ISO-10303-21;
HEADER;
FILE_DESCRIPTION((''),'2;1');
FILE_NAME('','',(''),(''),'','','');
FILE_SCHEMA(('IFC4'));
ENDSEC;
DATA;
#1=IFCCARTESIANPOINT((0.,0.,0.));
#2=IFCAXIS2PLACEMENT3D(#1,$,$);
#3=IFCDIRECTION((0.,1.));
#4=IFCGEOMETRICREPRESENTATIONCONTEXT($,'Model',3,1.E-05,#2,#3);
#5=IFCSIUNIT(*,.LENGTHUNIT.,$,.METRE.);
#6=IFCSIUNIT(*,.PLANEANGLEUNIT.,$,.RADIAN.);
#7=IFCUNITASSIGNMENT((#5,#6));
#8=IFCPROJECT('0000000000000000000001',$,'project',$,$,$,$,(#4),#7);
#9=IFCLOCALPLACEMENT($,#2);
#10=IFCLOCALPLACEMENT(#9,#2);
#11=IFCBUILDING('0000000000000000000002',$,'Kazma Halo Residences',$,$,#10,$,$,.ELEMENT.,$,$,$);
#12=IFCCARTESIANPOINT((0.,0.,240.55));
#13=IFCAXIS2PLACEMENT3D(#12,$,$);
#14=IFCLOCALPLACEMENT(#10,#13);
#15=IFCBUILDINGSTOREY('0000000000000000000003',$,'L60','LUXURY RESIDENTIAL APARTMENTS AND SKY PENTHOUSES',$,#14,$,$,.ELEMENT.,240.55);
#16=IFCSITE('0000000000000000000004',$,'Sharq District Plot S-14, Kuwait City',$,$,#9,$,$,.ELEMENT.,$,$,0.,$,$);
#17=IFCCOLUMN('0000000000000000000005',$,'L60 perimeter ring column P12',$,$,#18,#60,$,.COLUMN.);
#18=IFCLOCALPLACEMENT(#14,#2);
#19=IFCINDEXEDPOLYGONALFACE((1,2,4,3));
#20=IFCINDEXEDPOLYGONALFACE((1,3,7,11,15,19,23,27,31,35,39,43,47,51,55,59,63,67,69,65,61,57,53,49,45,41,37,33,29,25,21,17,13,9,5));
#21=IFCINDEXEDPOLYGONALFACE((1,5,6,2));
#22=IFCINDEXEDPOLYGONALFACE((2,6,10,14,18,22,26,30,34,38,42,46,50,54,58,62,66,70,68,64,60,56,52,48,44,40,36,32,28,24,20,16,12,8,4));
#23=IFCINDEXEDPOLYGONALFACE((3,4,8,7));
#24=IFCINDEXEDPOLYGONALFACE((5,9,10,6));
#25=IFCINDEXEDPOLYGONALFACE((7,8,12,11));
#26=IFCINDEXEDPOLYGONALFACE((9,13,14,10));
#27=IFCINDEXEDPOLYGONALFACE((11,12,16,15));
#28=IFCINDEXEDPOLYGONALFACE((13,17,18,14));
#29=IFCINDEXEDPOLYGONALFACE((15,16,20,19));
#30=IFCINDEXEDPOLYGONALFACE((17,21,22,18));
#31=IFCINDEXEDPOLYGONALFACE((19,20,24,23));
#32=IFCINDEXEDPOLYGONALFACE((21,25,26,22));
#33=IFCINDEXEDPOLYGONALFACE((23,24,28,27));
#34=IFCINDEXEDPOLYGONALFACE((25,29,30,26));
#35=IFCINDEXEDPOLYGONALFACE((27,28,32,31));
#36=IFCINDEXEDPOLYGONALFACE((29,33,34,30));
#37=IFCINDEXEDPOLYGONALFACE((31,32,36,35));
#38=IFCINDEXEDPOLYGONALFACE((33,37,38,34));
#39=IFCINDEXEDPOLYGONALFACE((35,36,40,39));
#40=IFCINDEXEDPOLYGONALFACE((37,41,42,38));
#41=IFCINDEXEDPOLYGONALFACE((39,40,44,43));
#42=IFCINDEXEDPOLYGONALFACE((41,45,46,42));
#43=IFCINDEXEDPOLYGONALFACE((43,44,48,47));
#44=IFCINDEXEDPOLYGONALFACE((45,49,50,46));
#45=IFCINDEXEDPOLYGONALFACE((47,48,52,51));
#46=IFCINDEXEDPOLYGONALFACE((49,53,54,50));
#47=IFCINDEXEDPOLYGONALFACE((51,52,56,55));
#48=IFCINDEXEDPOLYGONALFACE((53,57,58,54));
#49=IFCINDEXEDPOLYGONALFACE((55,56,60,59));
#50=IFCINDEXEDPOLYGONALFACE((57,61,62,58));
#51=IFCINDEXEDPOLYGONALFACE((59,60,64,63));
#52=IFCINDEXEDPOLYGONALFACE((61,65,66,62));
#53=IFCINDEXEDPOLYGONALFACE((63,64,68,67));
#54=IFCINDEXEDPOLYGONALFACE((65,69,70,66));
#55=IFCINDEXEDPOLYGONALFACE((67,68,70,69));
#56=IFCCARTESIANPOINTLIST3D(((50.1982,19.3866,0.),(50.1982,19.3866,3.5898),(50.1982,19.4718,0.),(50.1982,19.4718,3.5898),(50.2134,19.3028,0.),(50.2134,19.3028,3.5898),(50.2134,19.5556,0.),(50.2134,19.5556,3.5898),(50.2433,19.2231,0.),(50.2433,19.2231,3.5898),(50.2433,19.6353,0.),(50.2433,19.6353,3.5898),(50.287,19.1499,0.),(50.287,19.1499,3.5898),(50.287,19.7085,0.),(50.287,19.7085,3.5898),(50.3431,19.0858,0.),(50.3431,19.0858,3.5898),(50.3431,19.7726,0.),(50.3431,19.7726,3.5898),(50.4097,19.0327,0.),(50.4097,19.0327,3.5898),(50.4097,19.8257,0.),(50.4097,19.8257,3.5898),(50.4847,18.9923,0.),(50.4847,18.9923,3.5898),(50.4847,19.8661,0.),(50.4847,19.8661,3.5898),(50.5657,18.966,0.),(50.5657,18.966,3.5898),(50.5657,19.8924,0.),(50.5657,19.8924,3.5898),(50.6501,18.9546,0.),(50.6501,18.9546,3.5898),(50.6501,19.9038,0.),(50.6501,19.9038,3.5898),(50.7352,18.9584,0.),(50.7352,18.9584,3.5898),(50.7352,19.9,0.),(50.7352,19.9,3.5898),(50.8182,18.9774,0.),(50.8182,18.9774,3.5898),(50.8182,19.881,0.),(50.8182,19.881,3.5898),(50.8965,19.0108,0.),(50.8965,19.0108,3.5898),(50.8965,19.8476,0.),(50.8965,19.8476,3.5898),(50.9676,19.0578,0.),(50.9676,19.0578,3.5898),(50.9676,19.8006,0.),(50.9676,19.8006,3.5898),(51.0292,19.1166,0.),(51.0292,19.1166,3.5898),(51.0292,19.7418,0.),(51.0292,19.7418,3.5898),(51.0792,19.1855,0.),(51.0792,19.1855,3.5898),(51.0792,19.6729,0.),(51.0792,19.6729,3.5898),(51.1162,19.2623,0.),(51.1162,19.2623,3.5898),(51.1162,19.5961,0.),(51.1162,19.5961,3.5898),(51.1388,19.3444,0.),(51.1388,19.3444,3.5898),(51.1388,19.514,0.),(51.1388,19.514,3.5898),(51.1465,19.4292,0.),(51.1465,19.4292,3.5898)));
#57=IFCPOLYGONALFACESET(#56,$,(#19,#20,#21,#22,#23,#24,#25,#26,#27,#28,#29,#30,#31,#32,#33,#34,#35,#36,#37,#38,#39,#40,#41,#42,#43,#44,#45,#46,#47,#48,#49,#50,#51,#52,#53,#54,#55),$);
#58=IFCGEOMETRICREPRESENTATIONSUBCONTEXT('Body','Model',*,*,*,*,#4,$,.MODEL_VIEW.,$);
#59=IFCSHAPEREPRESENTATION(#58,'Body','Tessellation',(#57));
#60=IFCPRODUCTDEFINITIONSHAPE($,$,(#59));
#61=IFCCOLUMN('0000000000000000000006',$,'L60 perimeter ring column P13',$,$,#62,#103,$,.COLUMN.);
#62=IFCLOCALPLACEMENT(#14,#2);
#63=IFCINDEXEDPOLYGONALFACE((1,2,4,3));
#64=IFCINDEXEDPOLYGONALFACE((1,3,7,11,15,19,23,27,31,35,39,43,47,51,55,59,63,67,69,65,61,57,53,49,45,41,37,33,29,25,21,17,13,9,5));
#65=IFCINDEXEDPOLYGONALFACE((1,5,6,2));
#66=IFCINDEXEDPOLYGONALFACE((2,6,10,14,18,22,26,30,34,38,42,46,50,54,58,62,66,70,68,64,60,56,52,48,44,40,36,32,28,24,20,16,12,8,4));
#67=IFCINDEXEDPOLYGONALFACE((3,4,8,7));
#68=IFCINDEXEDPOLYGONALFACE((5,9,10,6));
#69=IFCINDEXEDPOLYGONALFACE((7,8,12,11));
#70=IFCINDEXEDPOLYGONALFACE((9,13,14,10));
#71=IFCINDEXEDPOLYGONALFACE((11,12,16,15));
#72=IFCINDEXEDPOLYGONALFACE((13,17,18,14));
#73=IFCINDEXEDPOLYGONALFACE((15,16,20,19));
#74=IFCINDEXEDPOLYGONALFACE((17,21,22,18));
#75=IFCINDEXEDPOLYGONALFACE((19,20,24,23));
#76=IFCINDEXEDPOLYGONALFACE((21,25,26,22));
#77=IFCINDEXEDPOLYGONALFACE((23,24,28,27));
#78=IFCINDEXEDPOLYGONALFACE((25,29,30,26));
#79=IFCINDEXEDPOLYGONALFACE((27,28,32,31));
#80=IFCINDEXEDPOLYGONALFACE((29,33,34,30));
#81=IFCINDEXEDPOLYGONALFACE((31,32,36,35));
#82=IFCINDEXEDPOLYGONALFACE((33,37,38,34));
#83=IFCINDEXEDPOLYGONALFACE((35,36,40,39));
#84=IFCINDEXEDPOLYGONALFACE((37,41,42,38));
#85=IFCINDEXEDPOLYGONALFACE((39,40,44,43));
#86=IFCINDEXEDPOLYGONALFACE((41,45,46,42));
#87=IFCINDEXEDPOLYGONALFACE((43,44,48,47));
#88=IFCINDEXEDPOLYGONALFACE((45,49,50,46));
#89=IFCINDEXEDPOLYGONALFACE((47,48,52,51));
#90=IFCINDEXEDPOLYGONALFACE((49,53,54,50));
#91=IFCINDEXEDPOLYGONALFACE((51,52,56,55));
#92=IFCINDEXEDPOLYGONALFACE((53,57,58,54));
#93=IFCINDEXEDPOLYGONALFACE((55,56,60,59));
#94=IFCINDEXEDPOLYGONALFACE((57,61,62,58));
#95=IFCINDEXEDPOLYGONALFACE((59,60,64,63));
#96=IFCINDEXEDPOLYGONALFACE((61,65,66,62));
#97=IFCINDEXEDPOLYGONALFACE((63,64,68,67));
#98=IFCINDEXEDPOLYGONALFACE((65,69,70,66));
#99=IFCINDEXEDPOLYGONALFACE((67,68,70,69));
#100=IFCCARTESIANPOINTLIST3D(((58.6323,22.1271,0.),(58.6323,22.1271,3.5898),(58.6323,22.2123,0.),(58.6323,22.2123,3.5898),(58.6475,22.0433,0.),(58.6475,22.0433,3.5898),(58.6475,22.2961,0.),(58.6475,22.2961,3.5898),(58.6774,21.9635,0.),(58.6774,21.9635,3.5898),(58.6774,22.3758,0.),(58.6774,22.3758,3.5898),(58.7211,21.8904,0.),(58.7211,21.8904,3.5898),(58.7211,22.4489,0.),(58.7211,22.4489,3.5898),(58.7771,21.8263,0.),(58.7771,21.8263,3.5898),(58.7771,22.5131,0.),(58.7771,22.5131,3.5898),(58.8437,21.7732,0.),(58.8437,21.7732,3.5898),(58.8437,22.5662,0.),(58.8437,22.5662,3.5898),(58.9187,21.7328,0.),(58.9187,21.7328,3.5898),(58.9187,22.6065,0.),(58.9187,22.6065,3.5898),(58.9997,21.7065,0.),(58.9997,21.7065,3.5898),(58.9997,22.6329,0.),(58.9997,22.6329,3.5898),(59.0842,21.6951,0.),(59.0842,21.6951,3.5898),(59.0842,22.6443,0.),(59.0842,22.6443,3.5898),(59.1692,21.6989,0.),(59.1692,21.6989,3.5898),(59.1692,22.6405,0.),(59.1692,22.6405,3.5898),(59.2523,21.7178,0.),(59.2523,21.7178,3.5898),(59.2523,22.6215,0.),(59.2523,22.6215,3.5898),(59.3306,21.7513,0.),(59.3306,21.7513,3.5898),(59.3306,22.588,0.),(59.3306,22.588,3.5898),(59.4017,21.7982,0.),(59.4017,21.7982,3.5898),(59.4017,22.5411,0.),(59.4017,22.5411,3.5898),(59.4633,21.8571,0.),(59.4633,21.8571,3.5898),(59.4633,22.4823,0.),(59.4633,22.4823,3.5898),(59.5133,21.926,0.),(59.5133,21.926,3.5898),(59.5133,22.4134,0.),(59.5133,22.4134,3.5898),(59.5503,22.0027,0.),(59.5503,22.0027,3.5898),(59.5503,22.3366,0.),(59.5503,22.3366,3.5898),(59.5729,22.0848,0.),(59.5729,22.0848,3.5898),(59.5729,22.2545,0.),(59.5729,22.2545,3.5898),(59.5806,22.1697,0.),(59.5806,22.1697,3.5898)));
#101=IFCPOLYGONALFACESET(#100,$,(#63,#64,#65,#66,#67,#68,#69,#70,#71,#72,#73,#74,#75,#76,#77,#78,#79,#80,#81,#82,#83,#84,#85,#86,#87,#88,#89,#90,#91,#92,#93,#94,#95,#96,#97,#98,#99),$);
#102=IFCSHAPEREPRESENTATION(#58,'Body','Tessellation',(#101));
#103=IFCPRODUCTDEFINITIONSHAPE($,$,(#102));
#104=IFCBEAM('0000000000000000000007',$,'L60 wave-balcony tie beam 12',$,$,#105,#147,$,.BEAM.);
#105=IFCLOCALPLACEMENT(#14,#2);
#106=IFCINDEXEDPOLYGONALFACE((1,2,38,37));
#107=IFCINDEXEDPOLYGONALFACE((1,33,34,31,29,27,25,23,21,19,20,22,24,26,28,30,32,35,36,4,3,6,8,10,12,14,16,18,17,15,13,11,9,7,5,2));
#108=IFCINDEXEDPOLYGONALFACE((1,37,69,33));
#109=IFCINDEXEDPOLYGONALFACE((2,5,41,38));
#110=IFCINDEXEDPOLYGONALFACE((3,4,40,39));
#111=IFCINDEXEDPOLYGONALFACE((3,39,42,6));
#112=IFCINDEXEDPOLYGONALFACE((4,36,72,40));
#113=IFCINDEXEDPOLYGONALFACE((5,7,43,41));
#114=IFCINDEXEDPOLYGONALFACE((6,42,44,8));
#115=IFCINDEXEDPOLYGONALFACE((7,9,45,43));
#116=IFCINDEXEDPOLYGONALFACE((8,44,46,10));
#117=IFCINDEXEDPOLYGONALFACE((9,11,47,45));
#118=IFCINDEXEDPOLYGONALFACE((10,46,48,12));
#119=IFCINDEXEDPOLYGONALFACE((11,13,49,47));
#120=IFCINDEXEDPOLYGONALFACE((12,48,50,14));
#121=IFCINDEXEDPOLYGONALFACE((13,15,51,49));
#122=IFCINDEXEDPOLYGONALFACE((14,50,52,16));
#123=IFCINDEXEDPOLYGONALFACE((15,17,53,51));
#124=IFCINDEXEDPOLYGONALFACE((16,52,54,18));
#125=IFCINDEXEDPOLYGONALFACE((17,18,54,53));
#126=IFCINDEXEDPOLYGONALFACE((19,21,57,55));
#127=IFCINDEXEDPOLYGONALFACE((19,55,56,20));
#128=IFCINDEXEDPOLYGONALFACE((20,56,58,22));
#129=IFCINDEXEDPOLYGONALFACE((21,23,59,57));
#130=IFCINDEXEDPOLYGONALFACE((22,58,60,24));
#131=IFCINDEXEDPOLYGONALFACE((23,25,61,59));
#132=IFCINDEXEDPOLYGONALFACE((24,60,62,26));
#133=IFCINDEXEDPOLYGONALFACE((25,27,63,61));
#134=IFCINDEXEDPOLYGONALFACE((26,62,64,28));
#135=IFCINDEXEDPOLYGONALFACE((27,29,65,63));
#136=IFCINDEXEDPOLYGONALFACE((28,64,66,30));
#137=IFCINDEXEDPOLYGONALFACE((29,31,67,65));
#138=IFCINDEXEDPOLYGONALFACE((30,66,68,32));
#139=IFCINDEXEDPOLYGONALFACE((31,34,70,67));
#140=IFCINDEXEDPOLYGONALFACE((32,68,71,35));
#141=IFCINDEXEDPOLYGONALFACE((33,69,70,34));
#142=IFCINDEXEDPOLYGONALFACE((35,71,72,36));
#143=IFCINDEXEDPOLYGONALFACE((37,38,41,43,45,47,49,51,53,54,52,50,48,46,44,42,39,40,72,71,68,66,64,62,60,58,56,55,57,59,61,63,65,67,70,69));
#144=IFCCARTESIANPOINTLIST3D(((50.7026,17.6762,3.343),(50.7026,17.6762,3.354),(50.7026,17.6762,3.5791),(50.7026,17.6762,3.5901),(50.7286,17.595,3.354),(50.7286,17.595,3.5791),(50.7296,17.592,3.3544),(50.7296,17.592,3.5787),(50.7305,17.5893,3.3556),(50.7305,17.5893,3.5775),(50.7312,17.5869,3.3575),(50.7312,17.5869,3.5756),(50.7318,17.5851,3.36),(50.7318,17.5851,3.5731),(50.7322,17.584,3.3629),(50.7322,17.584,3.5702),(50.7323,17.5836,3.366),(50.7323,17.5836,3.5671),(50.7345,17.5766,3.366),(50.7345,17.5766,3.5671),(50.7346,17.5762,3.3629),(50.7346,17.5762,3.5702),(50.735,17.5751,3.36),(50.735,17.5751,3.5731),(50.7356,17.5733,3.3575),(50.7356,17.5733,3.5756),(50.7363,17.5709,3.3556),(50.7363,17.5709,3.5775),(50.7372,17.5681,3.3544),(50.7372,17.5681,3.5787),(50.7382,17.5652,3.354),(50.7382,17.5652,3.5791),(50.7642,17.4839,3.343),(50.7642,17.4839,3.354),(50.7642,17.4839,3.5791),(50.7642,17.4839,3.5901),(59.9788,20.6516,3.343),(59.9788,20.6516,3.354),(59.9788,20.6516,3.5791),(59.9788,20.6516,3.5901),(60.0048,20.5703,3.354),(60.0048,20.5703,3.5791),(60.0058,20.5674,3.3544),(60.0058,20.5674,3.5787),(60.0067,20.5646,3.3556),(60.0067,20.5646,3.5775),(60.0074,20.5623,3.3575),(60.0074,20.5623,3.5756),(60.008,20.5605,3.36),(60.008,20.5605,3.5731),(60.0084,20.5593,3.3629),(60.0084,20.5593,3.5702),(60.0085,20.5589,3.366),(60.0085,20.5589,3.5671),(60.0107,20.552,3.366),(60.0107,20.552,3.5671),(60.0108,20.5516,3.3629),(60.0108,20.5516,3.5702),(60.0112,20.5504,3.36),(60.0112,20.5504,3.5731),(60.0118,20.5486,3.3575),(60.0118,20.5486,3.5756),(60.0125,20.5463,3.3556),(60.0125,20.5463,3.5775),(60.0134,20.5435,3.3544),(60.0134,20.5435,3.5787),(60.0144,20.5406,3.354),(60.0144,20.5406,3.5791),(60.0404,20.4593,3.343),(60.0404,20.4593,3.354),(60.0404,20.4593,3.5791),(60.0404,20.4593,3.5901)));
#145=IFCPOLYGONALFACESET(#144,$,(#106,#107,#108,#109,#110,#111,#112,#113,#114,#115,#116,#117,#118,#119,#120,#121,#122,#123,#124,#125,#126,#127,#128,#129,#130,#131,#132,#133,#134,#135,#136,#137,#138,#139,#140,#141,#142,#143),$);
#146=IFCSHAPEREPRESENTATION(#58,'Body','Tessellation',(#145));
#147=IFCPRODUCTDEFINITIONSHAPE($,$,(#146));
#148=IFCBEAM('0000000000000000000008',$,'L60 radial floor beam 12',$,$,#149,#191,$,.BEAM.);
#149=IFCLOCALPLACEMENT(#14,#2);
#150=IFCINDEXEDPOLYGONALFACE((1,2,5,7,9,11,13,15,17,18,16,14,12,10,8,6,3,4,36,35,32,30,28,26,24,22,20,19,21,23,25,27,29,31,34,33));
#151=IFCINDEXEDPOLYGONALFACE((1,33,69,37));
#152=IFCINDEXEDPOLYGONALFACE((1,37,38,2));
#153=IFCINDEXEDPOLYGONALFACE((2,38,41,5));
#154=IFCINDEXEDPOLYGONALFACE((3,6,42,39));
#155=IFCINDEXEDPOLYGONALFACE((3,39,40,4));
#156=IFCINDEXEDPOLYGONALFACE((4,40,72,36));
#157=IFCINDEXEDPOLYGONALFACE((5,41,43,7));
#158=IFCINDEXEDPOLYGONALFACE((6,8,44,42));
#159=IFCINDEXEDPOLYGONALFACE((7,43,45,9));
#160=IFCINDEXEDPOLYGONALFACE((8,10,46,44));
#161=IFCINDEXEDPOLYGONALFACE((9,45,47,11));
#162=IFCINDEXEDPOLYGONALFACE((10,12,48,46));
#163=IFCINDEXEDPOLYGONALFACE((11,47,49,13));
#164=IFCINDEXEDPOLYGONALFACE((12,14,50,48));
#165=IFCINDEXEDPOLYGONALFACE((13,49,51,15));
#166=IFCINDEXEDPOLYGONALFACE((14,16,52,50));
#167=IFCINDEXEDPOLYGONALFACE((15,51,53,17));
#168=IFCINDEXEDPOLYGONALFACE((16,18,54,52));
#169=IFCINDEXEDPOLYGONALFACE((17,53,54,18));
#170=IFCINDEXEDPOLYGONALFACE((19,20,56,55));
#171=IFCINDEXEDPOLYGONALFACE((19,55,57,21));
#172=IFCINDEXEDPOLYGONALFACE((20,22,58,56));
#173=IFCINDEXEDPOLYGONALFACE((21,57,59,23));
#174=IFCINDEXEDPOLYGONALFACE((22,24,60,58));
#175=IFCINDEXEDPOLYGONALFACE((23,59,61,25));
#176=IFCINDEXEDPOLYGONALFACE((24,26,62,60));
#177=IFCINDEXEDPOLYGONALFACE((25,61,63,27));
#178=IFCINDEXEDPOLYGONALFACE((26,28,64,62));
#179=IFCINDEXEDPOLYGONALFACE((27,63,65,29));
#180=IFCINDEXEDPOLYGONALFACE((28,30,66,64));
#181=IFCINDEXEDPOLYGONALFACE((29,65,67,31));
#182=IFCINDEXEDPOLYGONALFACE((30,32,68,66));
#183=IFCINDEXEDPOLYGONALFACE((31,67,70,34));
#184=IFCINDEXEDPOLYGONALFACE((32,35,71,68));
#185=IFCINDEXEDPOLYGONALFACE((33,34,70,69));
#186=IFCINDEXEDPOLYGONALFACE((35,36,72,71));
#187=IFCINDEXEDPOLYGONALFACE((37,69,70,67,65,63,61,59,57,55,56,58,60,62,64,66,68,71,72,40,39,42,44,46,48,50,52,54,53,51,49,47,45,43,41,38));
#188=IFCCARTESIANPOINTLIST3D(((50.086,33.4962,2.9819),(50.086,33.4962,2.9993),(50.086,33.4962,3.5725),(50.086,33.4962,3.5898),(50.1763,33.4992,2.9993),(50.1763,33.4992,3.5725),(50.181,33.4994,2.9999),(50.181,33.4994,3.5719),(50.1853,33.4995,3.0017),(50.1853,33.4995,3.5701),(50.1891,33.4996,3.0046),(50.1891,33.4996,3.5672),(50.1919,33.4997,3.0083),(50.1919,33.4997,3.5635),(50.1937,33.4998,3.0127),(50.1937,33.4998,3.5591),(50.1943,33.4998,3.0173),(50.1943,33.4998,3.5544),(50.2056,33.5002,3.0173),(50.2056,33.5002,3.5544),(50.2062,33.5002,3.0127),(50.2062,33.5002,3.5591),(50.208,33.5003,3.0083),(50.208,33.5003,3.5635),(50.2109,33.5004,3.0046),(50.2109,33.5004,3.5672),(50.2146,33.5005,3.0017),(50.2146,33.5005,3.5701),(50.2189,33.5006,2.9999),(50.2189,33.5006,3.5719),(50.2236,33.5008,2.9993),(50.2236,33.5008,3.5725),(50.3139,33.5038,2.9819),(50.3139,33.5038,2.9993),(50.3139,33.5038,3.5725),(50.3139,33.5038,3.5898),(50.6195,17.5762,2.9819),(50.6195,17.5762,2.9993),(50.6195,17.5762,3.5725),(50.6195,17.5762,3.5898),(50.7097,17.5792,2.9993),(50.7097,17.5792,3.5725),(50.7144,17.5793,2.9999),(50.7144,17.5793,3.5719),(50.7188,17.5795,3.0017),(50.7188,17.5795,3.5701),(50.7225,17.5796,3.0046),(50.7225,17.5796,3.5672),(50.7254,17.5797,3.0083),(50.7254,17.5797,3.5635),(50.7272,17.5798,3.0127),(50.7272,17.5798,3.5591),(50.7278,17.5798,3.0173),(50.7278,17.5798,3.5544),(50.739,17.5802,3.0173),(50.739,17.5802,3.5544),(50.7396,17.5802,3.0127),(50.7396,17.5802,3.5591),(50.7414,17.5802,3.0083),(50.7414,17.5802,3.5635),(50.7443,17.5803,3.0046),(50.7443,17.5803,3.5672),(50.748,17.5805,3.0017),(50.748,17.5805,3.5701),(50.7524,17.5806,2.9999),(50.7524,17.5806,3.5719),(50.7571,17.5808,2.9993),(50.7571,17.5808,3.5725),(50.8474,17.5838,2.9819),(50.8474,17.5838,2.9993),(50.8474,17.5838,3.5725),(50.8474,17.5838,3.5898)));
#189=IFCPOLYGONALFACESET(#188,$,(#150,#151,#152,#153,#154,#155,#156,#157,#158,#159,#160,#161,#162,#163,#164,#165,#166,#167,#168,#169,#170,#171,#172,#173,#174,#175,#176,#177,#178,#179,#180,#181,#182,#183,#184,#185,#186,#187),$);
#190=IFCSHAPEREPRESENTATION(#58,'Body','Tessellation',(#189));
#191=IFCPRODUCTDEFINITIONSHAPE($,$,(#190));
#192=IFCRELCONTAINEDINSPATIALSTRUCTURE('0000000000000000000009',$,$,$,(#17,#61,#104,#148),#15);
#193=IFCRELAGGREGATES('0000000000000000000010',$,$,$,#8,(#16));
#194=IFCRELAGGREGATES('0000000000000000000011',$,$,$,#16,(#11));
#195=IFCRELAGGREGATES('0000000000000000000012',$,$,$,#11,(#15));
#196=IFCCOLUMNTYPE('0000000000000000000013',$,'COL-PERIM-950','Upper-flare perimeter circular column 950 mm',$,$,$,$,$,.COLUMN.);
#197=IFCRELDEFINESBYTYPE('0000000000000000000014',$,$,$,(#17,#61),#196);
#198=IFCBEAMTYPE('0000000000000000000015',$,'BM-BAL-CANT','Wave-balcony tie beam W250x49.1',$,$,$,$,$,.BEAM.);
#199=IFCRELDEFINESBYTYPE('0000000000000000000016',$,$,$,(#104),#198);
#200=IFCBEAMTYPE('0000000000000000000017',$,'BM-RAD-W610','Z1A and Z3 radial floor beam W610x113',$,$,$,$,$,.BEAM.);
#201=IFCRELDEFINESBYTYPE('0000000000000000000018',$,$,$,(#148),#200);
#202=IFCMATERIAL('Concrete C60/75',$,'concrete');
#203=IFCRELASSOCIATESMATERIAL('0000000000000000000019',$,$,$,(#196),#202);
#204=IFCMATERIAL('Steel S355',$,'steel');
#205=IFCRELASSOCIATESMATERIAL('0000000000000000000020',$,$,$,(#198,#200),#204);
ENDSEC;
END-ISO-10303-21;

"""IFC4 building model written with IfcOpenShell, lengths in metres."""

from ifc_helpers import new_model, si_unit, direction, frame, origin, origin_2d, place, context, subcontext, project, spatial, circle, i_section, extrude, material, material_profile, profile_set, type_object, element, save


model = new_model("IFC4")

# Units and contexts
model_context = context("Model", 3, precision=1e-05, world=origin(), true_north=direction((0.0, 1.0)))
body_context = subcontext(model_context, "Body", "Model", "MODEL_VIEW")
ifc_project = project(units=[si_unit("LENGTHUNIT", "METRE"), si_unit("PLANEANGLEUNIT", "RADIAN")], contexts=[model_context])

# Site, building, storey
site_placement = place(None, origin())
site = spatial("IfcSite", under=ifc_project, at=site_placement, Name="Sharq District Plot S-14, Kuwait City", CompositionType="ELEMENT", RefElevation=0.0)
building_placement = place(site_placement, origin())
building = spatial("IfcBuilding", under=site, at=building_placement, Name="Kazma Halo Residences", CompositionType="ELEMENT")
storey_placement = place(building_placement, frame((0.0, 0.0, 240.55)))
storey = spatial("IfcBuildingStorey", under=building, at=storey_placement, Name="L60", Description="LUXURY RESIDENTIAL APARTMENTS AND SKY PENTHOUSES", CompositionType="ELEMENT", Elevation=240.55)

# Columns
ifc_material_1 = material(Name="Concrete C60/75", Category="concrete")
ifc_material_profile_1 = material_profile(ifc_material_1, circle(Radius=0.4751, at=origin_2d()), Name="CIRC950")
ifc_profile_set_1 = profile_set([ifc_material_profile_1], Name="Concrete C60/75")
column_type = type_object("IfcColumnType", Name="COL-PERIM-950", Description="Upper-flare perimeter circular column 950 mm", PredefinedType="COLUMN", material=ifc_profile_set_1)
for number, where, z_axis, x_axis, name in (
    (1, (50.6714, 19.4292, 0.0), (0.0, 0.0, 1.0), (1.0, 0.0, 0.0), "L60 perimeter ring column P12"),
    (2, (59.1055, 22.1697, 0.0), (0.0, 0.0, 1.0), (1.0, 0.0, 0.0), "L60 perimeter ring column P13"),
):
    element("IfcColumn", number, at=place(storey_placement, frame(where, z_axis=z_axis, x_axis=x_axis)), inside=storey, type_object=column_type, Name=name, PredefinedType="COLUMN", context=body_context, shape_type="SweptSolid", body=[
        extrude(circle(Radius=0.4751, at=origin_2d()), origin(), (0.0, 0.0, 1.0), 3.5898),
    ])

# Beams
ifc_material_2 = material(Name="Steel S355", Category="steel")
ifc_material_profile_2 = material_profile(ifc_material_2, i_section(OverallWidth=0.2019, OverallDepth=0.2471, WebThickness=0.0073, FlangeThickness=0.011, FilletRadius=0.012, at=origin_2d()), Name="W250x49.1")
ifc_profile_set_2 = profile_set([ifc_material_profile_2], Name="Steel S355")
beam_type_1 = type_object("IfcBeamType", Name="BM-BAL-CANT", Description="Wave-balcony tie beam W250x49.1", PredefinedType="BEAM", material=ifc_profile_set_2)
beam_1_placement = place(storey_placement, frame((50.7334, 17.5801, 3.4666), z_axis=(0.952216, 0.305426, 0.0), x_axis=(-0.305426, 0.952216, 0.0)))
element("IfcBeam", 3, at=beam_1_placement, inside=storey, type_object=beam_type_1, Name="L60 wave-balcony tie beam 12", PredefinedType="BEAM", context=body_context, shape_type="SweptSolid", body=[
    extrude(i_section(OverallWidth=0.2019, OverallDepth=0.2471, WebThickness=0.0073, FlangeThickness=0.011, FilletRadius=0.012, at=origin_2d()), origin(), (0.0, 0.0, 1.0), 9.7417),
])
ifc_material_profile_3 = material_profile(ifc_material_2, i_section(OverallWidth=0.228, OverallDepth=0.6079, WebThickness=0.0112, FlangeThickness=0.0173, FilletRadius=0.0181, at=origin_2d()), Name="W610x113")
ifc_profile_set_3 = profile_set([ifc_material_profile_3], Name="Steel S355")
beam_type_2 = type_object("IfcBeamType", Name="BM-RAD-W610", Description="Z1A and Z3 radial floor beam W610x113", PredefinedType="BEAM", material=ifc_profile_set_3)
beam_2_placement = place(storey_placement, frame((50.2, 33.5, 3.2859), z_axis=(0.033489, -0.999439, 0.0), x_axis=(0.999439, 0.033489, 0.0)))
element("IfcBeam", 4, at=beam_2_placement, inside=storey, type_object=beam_type_2, Name="L60 radial floor beam 12", PredefinedType="BEAM", context=body_context, shape_type="SweptSolid", body=[
    extrude(i_section(OverallWidth=0.228, OverallDepth=0.6079, WebThickness=0.0112, FlangeThickness=0.0173, FilletRadius=0.0181, at=origin_2d()), origin(), (0.0, 0.0, 1.0), 15.929),
])

save(model, "model.ifc")
